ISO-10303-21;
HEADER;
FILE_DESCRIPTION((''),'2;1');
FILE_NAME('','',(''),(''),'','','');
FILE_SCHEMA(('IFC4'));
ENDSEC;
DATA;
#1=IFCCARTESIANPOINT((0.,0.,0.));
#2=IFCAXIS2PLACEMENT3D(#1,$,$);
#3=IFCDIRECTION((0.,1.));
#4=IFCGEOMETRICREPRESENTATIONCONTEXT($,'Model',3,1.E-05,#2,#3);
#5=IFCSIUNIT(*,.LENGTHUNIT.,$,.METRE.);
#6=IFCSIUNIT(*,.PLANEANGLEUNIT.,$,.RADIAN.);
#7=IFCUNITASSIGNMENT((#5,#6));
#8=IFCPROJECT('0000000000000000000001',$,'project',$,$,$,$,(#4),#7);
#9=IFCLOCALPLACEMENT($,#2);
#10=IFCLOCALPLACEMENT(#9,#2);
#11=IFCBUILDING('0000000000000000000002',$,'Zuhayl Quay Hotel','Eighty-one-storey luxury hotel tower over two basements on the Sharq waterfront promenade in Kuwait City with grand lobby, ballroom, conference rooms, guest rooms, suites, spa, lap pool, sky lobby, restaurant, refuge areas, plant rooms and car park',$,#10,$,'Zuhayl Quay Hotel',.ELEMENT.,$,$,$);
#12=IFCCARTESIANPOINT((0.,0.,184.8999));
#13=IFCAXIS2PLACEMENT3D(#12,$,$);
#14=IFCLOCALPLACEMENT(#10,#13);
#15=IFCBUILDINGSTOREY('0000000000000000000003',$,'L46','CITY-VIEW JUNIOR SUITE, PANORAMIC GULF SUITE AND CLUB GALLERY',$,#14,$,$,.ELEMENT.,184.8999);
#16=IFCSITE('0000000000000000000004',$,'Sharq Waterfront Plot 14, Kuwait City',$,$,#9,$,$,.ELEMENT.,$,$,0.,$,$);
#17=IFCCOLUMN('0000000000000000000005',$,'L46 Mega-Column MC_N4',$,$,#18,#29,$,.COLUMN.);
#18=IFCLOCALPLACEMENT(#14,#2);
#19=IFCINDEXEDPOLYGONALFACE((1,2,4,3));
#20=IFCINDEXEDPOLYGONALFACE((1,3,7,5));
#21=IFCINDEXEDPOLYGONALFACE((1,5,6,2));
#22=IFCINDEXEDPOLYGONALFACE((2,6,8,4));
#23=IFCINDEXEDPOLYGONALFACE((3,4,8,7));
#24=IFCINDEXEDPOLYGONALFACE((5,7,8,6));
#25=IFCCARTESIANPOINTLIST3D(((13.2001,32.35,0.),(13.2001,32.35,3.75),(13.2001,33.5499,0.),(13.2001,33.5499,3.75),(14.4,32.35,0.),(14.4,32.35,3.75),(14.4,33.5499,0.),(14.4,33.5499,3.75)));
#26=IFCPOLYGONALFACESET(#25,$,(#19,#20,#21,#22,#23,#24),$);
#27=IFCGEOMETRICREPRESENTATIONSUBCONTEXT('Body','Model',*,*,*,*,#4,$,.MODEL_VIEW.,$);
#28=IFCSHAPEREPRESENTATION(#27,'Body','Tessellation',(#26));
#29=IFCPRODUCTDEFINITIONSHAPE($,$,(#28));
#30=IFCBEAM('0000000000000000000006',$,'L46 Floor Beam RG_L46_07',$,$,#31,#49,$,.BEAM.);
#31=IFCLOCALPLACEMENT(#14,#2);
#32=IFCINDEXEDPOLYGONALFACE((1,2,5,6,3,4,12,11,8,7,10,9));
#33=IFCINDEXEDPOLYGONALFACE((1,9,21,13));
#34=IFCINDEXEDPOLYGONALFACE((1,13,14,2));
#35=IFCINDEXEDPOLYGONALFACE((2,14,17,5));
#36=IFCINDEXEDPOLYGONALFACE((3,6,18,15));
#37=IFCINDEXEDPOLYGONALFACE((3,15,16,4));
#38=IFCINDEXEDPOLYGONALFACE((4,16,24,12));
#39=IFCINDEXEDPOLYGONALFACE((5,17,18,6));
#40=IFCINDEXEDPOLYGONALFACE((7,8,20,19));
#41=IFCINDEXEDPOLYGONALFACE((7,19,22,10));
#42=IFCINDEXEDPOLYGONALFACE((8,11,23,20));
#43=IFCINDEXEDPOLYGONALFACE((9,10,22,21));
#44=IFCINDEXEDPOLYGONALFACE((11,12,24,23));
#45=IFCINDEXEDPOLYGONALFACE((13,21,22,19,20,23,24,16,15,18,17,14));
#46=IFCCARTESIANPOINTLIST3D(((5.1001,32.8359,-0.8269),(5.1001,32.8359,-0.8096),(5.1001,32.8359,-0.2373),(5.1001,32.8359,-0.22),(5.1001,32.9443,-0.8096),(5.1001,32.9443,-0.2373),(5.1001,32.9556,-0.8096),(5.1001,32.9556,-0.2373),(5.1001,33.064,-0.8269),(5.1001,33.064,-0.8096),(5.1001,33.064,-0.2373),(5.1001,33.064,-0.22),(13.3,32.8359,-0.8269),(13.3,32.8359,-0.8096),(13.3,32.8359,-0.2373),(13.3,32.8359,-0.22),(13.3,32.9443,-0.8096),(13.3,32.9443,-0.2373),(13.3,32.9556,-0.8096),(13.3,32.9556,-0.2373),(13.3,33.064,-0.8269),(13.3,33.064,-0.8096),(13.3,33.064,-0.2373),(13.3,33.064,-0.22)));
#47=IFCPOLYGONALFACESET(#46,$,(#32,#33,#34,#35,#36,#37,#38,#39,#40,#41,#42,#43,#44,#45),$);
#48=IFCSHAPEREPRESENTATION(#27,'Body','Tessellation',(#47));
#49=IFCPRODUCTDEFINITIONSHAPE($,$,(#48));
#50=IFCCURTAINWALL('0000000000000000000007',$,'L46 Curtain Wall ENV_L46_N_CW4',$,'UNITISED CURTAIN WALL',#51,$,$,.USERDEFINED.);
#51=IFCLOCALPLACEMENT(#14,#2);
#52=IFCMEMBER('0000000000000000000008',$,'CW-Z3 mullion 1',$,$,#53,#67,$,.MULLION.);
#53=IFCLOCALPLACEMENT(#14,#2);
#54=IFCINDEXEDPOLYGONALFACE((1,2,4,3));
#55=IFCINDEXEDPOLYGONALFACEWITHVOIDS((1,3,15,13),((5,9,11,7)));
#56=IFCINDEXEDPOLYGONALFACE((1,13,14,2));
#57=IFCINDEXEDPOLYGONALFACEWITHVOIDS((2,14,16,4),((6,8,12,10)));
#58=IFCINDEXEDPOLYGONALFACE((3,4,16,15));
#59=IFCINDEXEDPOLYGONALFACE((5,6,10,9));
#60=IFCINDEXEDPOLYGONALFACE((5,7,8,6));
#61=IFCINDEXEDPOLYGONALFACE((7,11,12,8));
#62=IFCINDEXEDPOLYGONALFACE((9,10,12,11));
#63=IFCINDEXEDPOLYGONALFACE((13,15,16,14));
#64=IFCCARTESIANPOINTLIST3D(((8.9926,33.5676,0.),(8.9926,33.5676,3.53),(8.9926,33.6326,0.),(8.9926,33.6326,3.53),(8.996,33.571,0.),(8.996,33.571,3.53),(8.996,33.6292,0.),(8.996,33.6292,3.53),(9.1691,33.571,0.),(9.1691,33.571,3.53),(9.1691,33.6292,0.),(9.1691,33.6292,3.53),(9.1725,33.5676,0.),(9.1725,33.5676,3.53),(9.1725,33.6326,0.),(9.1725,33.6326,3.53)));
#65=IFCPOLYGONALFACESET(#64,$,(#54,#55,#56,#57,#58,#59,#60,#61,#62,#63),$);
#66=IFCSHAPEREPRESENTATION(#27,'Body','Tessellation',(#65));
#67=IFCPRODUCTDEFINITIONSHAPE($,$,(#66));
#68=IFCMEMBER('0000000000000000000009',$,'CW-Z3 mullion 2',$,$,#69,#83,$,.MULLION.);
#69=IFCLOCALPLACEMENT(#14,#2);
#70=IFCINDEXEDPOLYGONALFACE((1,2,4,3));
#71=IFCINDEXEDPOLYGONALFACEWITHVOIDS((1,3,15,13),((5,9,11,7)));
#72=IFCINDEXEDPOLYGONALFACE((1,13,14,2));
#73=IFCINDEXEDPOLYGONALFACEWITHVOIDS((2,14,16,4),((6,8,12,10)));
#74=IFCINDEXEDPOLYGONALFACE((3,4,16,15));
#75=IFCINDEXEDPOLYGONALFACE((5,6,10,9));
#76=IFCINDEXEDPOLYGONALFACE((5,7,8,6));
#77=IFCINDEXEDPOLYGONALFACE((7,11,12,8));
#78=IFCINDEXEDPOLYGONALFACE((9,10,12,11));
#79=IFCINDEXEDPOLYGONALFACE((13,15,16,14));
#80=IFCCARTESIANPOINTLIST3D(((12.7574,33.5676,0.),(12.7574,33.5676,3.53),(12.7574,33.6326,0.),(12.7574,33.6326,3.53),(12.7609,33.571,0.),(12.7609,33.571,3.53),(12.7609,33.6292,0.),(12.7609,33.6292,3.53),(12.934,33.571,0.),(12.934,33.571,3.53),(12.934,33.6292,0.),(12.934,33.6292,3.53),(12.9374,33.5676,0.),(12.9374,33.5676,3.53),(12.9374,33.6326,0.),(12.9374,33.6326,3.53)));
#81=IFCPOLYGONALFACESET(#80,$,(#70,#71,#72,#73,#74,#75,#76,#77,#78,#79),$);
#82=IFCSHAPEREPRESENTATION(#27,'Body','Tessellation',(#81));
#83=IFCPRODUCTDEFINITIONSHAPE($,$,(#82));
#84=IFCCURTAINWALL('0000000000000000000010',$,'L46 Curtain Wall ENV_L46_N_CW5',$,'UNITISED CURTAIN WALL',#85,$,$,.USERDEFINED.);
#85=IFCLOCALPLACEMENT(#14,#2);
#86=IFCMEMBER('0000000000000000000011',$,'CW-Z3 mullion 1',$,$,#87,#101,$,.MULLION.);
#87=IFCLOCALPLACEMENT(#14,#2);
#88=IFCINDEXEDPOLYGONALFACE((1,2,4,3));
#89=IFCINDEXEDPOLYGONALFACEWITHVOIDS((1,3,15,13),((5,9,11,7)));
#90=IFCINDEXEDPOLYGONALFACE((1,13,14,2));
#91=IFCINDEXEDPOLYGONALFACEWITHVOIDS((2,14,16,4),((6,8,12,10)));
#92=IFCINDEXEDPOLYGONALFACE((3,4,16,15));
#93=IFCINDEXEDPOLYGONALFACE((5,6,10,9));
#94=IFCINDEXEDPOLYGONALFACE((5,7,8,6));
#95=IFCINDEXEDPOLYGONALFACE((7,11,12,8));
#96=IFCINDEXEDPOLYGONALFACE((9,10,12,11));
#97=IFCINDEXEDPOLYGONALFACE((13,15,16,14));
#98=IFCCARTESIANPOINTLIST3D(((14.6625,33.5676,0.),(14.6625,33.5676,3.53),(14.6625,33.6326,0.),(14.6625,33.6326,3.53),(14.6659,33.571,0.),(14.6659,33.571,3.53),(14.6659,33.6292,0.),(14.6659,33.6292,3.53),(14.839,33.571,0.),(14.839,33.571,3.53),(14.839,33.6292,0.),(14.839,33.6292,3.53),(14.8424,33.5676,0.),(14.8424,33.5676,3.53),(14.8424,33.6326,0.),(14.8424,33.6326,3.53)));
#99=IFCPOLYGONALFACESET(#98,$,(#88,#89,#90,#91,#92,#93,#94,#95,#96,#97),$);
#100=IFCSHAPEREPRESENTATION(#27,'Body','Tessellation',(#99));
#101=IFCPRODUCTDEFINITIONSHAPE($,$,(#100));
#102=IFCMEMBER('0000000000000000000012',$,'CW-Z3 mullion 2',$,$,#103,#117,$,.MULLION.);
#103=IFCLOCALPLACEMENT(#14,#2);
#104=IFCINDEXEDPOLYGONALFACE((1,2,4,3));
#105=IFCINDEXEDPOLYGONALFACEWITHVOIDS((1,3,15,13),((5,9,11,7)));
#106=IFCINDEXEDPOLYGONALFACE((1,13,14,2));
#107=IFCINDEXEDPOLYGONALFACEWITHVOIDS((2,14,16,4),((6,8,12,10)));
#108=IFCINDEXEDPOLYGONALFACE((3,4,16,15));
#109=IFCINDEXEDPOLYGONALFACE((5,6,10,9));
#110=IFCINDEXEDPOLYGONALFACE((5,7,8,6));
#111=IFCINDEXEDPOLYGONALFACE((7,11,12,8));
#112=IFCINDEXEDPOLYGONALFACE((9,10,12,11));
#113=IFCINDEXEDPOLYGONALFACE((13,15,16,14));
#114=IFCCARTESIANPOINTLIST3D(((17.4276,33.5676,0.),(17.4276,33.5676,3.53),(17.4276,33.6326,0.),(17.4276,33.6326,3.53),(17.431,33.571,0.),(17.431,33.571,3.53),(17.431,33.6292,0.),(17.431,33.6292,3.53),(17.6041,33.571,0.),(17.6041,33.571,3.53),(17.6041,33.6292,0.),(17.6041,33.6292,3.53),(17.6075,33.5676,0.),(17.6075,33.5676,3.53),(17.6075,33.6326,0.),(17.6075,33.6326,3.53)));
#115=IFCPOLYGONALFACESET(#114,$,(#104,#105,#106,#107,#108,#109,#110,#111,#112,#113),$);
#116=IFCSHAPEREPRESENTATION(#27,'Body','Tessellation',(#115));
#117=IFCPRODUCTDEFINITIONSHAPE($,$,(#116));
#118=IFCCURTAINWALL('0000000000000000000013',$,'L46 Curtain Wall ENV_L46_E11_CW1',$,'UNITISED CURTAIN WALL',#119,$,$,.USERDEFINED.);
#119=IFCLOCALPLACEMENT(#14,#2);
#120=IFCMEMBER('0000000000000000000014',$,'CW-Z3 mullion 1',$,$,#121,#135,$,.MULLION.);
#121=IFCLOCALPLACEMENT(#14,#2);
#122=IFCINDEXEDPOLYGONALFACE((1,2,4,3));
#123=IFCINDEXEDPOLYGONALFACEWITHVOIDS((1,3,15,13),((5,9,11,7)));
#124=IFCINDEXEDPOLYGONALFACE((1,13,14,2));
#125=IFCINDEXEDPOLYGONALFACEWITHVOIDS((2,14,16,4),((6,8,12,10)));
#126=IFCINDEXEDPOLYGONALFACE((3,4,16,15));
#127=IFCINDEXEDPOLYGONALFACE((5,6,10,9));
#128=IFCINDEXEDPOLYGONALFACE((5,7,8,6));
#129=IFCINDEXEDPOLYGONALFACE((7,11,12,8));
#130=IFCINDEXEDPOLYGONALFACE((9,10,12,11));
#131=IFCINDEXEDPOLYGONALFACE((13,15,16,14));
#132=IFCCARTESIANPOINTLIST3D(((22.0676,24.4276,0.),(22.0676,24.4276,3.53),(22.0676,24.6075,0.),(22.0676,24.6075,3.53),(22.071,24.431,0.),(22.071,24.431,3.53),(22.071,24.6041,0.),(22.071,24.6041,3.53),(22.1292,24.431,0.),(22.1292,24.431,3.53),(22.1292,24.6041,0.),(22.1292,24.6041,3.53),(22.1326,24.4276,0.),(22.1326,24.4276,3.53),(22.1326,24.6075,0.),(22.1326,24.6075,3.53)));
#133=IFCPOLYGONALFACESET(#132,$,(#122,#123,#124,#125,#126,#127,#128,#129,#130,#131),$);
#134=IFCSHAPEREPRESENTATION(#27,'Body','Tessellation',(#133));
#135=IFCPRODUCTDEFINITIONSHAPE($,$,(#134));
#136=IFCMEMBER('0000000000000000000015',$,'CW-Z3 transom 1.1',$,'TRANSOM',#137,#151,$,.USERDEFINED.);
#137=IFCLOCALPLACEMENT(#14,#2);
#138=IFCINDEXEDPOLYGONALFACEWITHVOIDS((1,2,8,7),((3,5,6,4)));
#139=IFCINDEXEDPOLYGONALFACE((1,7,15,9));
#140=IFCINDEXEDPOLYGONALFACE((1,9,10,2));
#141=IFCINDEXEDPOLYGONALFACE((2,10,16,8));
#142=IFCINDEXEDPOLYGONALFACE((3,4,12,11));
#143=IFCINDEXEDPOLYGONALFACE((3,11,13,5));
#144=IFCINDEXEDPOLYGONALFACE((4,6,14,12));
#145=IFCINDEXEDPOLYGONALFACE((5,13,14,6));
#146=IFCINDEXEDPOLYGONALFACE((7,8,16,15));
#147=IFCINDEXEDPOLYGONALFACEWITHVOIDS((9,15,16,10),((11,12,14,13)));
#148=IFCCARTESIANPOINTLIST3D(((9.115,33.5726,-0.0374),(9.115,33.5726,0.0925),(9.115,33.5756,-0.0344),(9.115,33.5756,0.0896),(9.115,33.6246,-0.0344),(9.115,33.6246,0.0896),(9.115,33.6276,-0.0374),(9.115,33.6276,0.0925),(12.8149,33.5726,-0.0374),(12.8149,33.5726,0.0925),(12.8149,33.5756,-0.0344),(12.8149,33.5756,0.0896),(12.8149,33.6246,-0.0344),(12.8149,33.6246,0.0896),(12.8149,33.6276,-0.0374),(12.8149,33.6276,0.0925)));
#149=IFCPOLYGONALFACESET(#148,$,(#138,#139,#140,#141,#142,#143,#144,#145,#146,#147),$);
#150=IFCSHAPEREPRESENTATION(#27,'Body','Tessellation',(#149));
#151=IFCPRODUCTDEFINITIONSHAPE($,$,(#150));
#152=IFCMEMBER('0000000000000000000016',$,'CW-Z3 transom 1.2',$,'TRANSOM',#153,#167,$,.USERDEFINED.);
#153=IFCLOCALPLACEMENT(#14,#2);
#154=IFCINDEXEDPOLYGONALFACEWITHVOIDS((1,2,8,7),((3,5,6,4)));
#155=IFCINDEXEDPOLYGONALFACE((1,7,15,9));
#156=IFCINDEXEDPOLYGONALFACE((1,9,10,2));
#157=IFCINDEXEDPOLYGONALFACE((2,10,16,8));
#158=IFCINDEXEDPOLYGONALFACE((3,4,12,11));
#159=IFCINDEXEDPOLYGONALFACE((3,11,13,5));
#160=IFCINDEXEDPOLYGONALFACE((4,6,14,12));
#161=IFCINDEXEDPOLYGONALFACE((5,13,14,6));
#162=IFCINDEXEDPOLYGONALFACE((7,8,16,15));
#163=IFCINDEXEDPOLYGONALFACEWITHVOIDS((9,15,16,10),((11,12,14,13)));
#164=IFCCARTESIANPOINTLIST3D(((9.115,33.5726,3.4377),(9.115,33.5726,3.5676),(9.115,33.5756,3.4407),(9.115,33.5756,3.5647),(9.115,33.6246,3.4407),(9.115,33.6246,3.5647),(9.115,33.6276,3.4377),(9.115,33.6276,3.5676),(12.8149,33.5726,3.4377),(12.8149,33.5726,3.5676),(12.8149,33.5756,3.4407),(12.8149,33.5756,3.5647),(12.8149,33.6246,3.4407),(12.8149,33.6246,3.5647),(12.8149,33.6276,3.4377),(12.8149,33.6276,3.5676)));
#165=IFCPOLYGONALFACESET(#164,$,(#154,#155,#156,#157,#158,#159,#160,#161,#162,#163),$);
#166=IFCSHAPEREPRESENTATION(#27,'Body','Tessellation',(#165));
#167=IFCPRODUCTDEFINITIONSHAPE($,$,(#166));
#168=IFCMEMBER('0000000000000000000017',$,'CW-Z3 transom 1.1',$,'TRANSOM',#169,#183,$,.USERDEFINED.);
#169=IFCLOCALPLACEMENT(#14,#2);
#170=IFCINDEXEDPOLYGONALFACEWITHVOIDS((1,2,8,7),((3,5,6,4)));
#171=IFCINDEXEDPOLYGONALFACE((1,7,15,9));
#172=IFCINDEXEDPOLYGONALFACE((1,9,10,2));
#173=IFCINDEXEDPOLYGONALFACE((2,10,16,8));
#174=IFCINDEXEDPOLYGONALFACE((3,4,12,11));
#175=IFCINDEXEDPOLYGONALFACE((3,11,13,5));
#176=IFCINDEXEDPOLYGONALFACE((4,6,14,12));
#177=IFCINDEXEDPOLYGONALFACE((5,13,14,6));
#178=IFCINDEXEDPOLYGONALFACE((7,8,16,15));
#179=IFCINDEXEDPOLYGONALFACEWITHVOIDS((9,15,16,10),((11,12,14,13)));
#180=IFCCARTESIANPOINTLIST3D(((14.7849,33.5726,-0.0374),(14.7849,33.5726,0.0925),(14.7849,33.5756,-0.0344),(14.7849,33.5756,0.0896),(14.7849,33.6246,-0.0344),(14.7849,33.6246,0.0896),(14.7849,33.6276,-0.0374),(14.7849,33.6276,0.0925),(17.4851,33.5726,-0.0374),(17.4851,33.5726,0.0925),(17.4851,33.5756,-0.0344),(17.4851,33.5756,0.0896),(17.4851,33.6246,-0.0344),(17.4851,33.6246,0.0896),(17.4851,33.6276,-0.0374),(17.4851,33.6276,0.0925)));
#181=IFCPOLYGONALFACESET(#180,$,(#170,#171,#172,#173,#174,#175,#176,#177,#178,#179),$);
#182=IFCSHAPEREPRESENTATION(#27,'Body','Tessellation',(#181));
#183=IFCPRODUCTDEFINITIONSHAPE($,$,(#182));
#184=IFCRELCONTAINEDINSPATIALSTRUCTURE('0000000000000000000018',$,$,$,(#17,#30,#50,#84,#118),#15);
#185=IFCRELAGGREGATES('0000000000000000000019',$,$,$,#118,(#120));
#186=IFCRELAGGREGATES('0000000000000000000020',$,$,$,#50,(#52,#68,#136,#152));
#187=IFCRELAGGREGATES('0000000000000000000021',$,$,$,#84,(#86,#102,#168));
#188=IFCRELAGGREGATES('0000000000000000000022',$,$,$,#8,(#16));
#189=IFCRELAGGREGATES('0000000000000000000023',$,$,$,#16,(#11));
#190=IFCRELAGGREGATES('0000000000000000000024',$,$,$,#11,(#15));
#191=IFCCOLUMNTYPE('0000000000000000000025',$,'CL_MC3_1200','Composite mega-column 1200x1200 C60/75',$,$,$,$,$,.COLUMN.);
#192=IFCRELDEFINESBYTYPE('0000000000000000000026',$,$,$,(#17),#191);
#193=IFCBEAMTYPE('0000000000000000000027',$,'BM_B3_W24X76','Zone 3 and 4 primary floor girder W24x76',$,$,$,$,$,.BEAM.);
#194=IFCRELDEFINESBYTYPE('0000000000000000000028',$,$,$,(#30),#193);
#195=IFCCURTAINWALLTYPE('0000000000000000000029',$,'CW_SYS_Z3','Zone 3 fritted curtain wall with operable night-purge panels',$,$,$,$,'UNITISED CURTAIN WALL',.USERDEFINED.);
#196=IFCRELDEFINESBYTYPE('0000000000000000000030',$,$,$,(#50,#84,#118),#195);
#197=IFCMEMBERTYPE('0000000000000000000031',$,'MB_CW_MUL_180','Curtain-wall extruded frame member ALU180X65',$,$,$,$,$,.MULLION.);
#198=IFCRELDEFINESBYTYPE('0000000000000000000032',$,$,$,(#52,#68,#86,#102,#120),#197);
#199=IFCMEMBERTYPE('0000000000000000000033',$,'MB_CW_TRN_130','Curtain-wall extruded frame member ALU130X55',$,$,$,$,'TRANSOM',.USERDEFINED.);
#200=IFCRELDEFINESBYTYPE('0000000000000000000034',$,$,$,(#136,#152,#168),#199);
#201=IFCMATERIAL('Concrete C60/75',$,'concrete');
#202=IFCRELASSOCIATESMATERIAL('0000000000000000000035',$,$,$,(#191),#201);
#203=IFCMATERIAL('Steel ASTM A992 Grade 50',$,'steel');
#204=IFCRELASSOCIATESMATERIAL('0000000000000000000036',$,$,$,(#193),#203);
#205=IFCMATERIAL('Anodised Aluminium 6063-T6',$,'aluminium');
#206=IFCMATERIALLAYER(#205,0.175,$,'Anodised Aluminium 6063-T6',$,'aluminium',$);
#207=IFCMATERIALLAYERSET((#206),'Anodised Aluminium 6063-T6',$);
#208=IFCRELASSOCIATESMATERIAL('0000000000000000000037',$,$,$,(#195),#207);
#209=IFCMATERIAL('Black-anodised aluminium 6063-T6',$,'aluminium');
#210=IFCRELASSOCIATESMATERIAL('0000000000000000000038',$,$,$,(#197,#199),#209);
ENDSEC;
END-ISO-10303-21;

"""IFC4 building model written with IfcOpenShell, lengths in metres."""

from ifc_helpers import new_model, si_unit, direction, frame, origin, origin_2d, place, context, subcontext, project, spatial, rectangle, hollow_rectangle, i_section, extrude, material, layer, layer_set, material_profile, profile_set, type_object, element, aggregate, save


model = new_model("IFC4")

# Units and contexts
model_context = context("Model", 3, precision=1e-05, world=origin(), true_north=direction((0.0, 1.0)))
body_context = subcontext(model_context, "Body", "Model", "MODEL_VIEW")
ifc_project = project(units=[si_unit("LENGTHUNIT", "METRE"), si_unit("PLANEANGLEUNIT", "RADIAN")], contexts=[model_context])

# Site, building, storey
site_placement = place(None, origin())
site = spatial("IfcSite", under=ifc_project, at=site_placement, Name="Sharq Waterfront Plot 14, Kuwait City", CompositionType="ELEMENT", RefElevation=0.0)
building_placement = place(site_placement, origin())
building = spatial("IfcBuilding", under=site, at=building_placement, Name="Zuhayl Quay Hotel", Description="Eighty-one-storey luxury hotel tower over two basements on the Sharq waterfront promenade in Kuwait City with grand lobby, ballroom, conference rooms, guest rooms, suites, spa, lap pool, sky lobby, restaurant, refuge areas, plant rooms and car park", LongName="Zuhayl Quay Hotel", CompositionType="ELEMENT")
storey_placement = place(building_placement, frame((0.0, 0.0, 184.8999)))
storey = spatial("IfcBuildingStorey", under=building, at=storey_placement, Name="L46", Description="CITY-VIEW JUNIOR SUITE, PANORAMIC GULF SUITE AND CLUB GALLERY", CompositionType="ELEMENT", Elevation=184.8999)

# Column
ifc_material_1 = material(Name="Concrete C60/75", Category="concrete")
ifc_material_profile_1 = material_profile(ifc_material_1, rectangle(XDim=1.2, YDim=1.2, at=origin_2d()), Name="RC1200X1200")
ifc_profile_set_1 = profile_set([ifc_material_profile_1], Name="Concrete C60/75")
column_type = type_object("IfcColumnType", Name="CL_MC3_1200", Description="Composite mega-column 1200x1200 C60/75", PredefinedType="COLUMN", material=ifc_profile_set_1)
column_placement = place(storey_placement, frame((13.8, 32.95, 0.0), z_axis=(0.0, 0.0, 1.0), x_axis=(1.0, 0.0, 0.0)))
element("IfcColumn", 1, at=column_placement, inside=storey, type_object=column_type, Name="L46 Mega-Column MC_N4", PredefinedType="COLUMN", context=body_context, shape_type="SweptSolid", body=[
    extrude(rectangle(XDim=1.2, YDim=1.2, at=origin_2d()), origin(), (0.0, 0.0, 1.0), 3.75),
])

# Beam
ifc_material_2 = material(Name="Steel ASTM A992 Grade 50", Category="steel")
ifc_material_profile_2 = material_profile(ifc_material_2, i_section(OverallWidth=0.228, OverallDepth=0.6069, WebThickness=0.0112, FlangeThickness=0.0173, at=origin_2d()), Name="W24X76")
ifc_profile_set_2 = profile_set([ifc_material_profile_2], Name="Steel ASTM A992 Grade 50")
beam_type = type_object("IfcBeamType", Name="BM_B3_W24X76", Description="Zone 3 and 4 primary floor girder W24x76", PredefinedType="BEAM", material=ifc_profile_set_2)
beam_placement = place(storey_placement, frame((13.3, 32.95, -0.5234), z_axis=(-1.0, 0.0, 0.0), x_axis=(0.0, -1.0, 0.0)))
element("IfcBeam", 2, at=beam_placement, inside=storey, type_object=beam_type, Name="L46 Floor Beam RG_L46_07", PredefinedType="BEAM", context=body_context, shape_type="SweptSolid", body=[
    extrude(i_section(OverallWidth=0.228, OverallDepth=0.6069, WebThickness=0.0112, FlangeThickness=0.0173, at=origin_2d()), origin(), (0.0, 0.0, 1.0), 8.2),
])

# Curtain walls, members
ifc_material_3 = material(Name="Anodised Aluminium 6063-T6", Category="aluminium")
ifc_layer_1 = layer(ifc_material_3, 0.175, Name="Anodised Aluminium 6063-T6", Category="aluminium")
ifc_layer_set_1 = layer_set([ifc_layer_1], Name="Anodised Aluminium 6063-T6")
curtain_wall_type = type_object("IfcCurtainWallType", Name="CW_SYS_Z3", Description="Zone 3 fritted curtain wall with operable night-purge panels", ElementType="UNITISED CURTAIN WALL", PredefinedType="USERDEFINED", material=ifc_layer_set_1)
curtain_wall_1_placement = place(storey_placement, origin())
curtain_wall_1 = element("IfcCurtainWall", 3, at=curtain_wall_1_placement, inside=storey, type_object=curtain_wall_type, Name="L46 Curtain Wall ENV_L46_N_CW4", ObjectType="UNITISED CURTAIN WALL", PredefinedType="USERDEFINED")
ifc_material_4 = material(Name="Black-anodised aluminium 6063-T6", Category="aluminium")
ifc_material_profile_3 = material_profile(ifc_material_4, hollow_rectangle(XDim=0.0649, YDim=0.1799, WallThickness=0.0034, at=origin_2d()), Name="ALU180X65")
ifc_profile_set_3 = profile_set([ifc_material_profile_3], Name="Black-anodised aluminium 6063-T6")
member_type_1 = type_object("IfcMemberType", Name="MB_CW_MUL_180", Description="Curtain-wall extruded frame member ALU180X65", PredefinedType="MULLION", material=ifc_profile_set_3)
member_1_placement = place(storey_placement, frame((9.0825, 33.6001, 0.0), z_axis=(0.0, 0.0, 1.0), x_axis=(0.0, 1.0, 0.0)))
member_1 = element("IfcMember", 4, at=member_1_placement, type_object=member_type_1, Name="CW-Z3 mullion 1", PredefinedType="MULLION", context=body_context, shape_type="SweptSolid", body=[
    extrude(hollow_rectangle(XDim=0.0649, YDim=0.1799, WallThickness=0.0034, at=origin_2d()), origin(), (0.0, 0.0, 1.0), 3.53),
])
member_2_placement = place(storey_placement, frame((12.8474, 33.6001, 0.0), z_axis=(0.0, 0.0, 1.0), x_axis=(0.0, 1.0, 0.0)))
member_2 = element("IfcMember", 5, at=member_2_placement, type_object=member_type_1, Name="CW-Z3 mullion 2", PredefinedType="MULLION", context=body_context, shape_type="SweptSolid", body=[
    extrude(hollow_rectangle(XDim=0.0649, YDim=0.1799, WallThickness=0.0034, at=origin_2d()), origin(), (0.0, 0.0, 1.0), 3.53),
])
curtain_wall_2_placement = place(storey_placement, origin())
curtain_wall_2 = element("IfcCurtainWall", 6, at=curtain_wall_2_placement, inside=storey, type_object=curtain_wall_type, Name="L46 Curtain Wall ENV_L46_N_CW5", ObjectType="UNITISED CURTAIN WALL", PredefinedType="USERDEFINED")
member_3_placement = place(storey_placement, frame((14.7524, 33.6001, 0.0), z_axis=(0.0, 0.0, 1.0), x_axis=(0.0, 1.0, 0.0)))
member_3 = element("IfcMember", 7, at=member_3_placement, type_object=member_type_1, Name="CW-Z3 mullion 1", PredefinedType="MULLION", context=body_context, shape_type="SweptSolid", body=[
    extrude(hollow_rectangle(XDim=0.0649, YDim=0.1799, WallThickness=0.0034, at=origin_2d()), origin(), (0.0, 0.0, 1.0), 3.53),
])
member_4_placement = place(storey_placement, frame((17.5176, 33.6001, 0.0), z_axis=(0.0, 0.0, 1.0), x_axis=(0.0, 1.0, 0.0)))
member_4 = element("IfcMember", 8, at=member_4_placement, type_object=member_type_1, Name="CW-Z3 mullion 2", PredefinedType="MULLION", context=body_context, shape_type="SweptSolid", body=[
    extrude(hollow_rectangle(XDim=0.0649, YDim=0.1799, WallThickness=0.0034, at=origin_2d()), origin(), (0.0, 0.0, 1.0), 3.53),
])

# Curtain wall, member
curtain_wall_3_placement = place(storey_placement, origin())
curtain_wall_3 = element("IfcCurtainWall", 9, at=curtain_wall_3_placement, inside=storey, type_object=curtain_wall_type, Name="L46 Curtain Wall ENV_L46_E11_CW1", ObjectType="UNITISED CURTAIN WALL", PredefinedType="USERDEFINED")
member_5_placement = place(storey_placement, frame((22.1001, 24.5176, 0.0), z_axis=(0.0, 0.0, 1.0), x_axis=(1.0, 0.0, 0.0)))
member_5 = element("IfcMember", 10, at=member_5_placement, type_object=member_type_1, Name="CW-Z3 mullion 1", PredefinedType="MULLION", context=body_context, shape_type="SweptSolid", body=[
    extrude(hollow_rectangle(XDim=0.0649, YDim=0.1799, WallThickness=0.0034, at=origin_2d()), origin(), (0.0, 0.0, 1.0), 3.53),
])

# Members
ifc_material_profile_4 = material_profile(ifc_material_4, hollow_rectangle(XDim=0.0549, YDim=0.1299, WallThickness=0.0029, at=origin_2d()), Name="ALU130X55")
ifc_profile_set_4 = profile_set([ifc_material_profile_4], Name="Black-anodised aluminium 6063-T6")
member_type_2 = type_object("IfcMemberType", Name="MB_CW_TRN_130", Description="Curtain-wall extruded frame member ALU130X55", ElementType="TRANSOM", PredefinedType="USERDEFINED", material=ifc_profile_set_4)
member_6_placement = place(storey_placement, frame((9.115, 33.6001, 0.0276), z_axis=(1.0, 0.0, 0.0), x_axis=(0.0, 1.0, 0.0)))
member_6 = element("IfcMember", 11, at=member_6_placement, type_object=member_type_2, Name="CW-Z3 transom 1.1", ObjectType="TRANSOM", PredefinedType="USERDEFINED", context=body_context, shape_type="SweptSolid", body=[
    extrude(hollow_rectangle(XDim=0.0549, YDim=0.1299, WallThickness=0.0029, at=origin_2d()), origin(), (0.0, 0.0, 1.0), 3.7),
])
member_7_placement = place(storey_placement, frame((9.115, 33.6001, 3.5027), z_axis=(1.0, 0.0, 0.0), x_axis=(0.0, 1.0, 0.0)))
member_7 = element("IfcMember", 12, at=member_7_placement, type_object=member_type_2, Name="CW-Z3 transom 1.2", ObjectType="TRANSOM", PredefinedType="USERDEFINED", context=body_context, shape_type="SweptSolid", body=[
    extrude(hollow_rectangle(XDim=0.0549, YDim=0.1299, WallThickness=0.0029, at=origin_2d()), origin(), (0.0, 0.0, 1.0), 3.7),
])
member_8_placement = place(storey_placement, frame((14.7849, 33.6001, 0.0276), z_axis=(1.0, 0.0, 0.0), x_axis=(0.0, 1.0, 0.0)))
member_8 = element("IfcMember", 13, at=member_8_placement, type_object=member_type_2, Name="CW-Z3 transom 1.1", ObjectType="TRANSOM", PredefinedType="USERDEFINED", context=body_context, shape_type="SweptSolid", body=[
    extrude(hollow_rectangle(XDim=0.0549, YDim=0.1299, WallThickness=0.0029, at=origin_2d()), origin(), (0.0, 0.0, 1.0), 2.7002),
])
aggregate(curtain_wall_3, [member_5])

aggregate(curtain_wall_1, [member_1, member_2, member_6, member_7])
aggregate(curtain_wall_2, [member_3, member_4, member_8])

save(model, "model.ifc")
